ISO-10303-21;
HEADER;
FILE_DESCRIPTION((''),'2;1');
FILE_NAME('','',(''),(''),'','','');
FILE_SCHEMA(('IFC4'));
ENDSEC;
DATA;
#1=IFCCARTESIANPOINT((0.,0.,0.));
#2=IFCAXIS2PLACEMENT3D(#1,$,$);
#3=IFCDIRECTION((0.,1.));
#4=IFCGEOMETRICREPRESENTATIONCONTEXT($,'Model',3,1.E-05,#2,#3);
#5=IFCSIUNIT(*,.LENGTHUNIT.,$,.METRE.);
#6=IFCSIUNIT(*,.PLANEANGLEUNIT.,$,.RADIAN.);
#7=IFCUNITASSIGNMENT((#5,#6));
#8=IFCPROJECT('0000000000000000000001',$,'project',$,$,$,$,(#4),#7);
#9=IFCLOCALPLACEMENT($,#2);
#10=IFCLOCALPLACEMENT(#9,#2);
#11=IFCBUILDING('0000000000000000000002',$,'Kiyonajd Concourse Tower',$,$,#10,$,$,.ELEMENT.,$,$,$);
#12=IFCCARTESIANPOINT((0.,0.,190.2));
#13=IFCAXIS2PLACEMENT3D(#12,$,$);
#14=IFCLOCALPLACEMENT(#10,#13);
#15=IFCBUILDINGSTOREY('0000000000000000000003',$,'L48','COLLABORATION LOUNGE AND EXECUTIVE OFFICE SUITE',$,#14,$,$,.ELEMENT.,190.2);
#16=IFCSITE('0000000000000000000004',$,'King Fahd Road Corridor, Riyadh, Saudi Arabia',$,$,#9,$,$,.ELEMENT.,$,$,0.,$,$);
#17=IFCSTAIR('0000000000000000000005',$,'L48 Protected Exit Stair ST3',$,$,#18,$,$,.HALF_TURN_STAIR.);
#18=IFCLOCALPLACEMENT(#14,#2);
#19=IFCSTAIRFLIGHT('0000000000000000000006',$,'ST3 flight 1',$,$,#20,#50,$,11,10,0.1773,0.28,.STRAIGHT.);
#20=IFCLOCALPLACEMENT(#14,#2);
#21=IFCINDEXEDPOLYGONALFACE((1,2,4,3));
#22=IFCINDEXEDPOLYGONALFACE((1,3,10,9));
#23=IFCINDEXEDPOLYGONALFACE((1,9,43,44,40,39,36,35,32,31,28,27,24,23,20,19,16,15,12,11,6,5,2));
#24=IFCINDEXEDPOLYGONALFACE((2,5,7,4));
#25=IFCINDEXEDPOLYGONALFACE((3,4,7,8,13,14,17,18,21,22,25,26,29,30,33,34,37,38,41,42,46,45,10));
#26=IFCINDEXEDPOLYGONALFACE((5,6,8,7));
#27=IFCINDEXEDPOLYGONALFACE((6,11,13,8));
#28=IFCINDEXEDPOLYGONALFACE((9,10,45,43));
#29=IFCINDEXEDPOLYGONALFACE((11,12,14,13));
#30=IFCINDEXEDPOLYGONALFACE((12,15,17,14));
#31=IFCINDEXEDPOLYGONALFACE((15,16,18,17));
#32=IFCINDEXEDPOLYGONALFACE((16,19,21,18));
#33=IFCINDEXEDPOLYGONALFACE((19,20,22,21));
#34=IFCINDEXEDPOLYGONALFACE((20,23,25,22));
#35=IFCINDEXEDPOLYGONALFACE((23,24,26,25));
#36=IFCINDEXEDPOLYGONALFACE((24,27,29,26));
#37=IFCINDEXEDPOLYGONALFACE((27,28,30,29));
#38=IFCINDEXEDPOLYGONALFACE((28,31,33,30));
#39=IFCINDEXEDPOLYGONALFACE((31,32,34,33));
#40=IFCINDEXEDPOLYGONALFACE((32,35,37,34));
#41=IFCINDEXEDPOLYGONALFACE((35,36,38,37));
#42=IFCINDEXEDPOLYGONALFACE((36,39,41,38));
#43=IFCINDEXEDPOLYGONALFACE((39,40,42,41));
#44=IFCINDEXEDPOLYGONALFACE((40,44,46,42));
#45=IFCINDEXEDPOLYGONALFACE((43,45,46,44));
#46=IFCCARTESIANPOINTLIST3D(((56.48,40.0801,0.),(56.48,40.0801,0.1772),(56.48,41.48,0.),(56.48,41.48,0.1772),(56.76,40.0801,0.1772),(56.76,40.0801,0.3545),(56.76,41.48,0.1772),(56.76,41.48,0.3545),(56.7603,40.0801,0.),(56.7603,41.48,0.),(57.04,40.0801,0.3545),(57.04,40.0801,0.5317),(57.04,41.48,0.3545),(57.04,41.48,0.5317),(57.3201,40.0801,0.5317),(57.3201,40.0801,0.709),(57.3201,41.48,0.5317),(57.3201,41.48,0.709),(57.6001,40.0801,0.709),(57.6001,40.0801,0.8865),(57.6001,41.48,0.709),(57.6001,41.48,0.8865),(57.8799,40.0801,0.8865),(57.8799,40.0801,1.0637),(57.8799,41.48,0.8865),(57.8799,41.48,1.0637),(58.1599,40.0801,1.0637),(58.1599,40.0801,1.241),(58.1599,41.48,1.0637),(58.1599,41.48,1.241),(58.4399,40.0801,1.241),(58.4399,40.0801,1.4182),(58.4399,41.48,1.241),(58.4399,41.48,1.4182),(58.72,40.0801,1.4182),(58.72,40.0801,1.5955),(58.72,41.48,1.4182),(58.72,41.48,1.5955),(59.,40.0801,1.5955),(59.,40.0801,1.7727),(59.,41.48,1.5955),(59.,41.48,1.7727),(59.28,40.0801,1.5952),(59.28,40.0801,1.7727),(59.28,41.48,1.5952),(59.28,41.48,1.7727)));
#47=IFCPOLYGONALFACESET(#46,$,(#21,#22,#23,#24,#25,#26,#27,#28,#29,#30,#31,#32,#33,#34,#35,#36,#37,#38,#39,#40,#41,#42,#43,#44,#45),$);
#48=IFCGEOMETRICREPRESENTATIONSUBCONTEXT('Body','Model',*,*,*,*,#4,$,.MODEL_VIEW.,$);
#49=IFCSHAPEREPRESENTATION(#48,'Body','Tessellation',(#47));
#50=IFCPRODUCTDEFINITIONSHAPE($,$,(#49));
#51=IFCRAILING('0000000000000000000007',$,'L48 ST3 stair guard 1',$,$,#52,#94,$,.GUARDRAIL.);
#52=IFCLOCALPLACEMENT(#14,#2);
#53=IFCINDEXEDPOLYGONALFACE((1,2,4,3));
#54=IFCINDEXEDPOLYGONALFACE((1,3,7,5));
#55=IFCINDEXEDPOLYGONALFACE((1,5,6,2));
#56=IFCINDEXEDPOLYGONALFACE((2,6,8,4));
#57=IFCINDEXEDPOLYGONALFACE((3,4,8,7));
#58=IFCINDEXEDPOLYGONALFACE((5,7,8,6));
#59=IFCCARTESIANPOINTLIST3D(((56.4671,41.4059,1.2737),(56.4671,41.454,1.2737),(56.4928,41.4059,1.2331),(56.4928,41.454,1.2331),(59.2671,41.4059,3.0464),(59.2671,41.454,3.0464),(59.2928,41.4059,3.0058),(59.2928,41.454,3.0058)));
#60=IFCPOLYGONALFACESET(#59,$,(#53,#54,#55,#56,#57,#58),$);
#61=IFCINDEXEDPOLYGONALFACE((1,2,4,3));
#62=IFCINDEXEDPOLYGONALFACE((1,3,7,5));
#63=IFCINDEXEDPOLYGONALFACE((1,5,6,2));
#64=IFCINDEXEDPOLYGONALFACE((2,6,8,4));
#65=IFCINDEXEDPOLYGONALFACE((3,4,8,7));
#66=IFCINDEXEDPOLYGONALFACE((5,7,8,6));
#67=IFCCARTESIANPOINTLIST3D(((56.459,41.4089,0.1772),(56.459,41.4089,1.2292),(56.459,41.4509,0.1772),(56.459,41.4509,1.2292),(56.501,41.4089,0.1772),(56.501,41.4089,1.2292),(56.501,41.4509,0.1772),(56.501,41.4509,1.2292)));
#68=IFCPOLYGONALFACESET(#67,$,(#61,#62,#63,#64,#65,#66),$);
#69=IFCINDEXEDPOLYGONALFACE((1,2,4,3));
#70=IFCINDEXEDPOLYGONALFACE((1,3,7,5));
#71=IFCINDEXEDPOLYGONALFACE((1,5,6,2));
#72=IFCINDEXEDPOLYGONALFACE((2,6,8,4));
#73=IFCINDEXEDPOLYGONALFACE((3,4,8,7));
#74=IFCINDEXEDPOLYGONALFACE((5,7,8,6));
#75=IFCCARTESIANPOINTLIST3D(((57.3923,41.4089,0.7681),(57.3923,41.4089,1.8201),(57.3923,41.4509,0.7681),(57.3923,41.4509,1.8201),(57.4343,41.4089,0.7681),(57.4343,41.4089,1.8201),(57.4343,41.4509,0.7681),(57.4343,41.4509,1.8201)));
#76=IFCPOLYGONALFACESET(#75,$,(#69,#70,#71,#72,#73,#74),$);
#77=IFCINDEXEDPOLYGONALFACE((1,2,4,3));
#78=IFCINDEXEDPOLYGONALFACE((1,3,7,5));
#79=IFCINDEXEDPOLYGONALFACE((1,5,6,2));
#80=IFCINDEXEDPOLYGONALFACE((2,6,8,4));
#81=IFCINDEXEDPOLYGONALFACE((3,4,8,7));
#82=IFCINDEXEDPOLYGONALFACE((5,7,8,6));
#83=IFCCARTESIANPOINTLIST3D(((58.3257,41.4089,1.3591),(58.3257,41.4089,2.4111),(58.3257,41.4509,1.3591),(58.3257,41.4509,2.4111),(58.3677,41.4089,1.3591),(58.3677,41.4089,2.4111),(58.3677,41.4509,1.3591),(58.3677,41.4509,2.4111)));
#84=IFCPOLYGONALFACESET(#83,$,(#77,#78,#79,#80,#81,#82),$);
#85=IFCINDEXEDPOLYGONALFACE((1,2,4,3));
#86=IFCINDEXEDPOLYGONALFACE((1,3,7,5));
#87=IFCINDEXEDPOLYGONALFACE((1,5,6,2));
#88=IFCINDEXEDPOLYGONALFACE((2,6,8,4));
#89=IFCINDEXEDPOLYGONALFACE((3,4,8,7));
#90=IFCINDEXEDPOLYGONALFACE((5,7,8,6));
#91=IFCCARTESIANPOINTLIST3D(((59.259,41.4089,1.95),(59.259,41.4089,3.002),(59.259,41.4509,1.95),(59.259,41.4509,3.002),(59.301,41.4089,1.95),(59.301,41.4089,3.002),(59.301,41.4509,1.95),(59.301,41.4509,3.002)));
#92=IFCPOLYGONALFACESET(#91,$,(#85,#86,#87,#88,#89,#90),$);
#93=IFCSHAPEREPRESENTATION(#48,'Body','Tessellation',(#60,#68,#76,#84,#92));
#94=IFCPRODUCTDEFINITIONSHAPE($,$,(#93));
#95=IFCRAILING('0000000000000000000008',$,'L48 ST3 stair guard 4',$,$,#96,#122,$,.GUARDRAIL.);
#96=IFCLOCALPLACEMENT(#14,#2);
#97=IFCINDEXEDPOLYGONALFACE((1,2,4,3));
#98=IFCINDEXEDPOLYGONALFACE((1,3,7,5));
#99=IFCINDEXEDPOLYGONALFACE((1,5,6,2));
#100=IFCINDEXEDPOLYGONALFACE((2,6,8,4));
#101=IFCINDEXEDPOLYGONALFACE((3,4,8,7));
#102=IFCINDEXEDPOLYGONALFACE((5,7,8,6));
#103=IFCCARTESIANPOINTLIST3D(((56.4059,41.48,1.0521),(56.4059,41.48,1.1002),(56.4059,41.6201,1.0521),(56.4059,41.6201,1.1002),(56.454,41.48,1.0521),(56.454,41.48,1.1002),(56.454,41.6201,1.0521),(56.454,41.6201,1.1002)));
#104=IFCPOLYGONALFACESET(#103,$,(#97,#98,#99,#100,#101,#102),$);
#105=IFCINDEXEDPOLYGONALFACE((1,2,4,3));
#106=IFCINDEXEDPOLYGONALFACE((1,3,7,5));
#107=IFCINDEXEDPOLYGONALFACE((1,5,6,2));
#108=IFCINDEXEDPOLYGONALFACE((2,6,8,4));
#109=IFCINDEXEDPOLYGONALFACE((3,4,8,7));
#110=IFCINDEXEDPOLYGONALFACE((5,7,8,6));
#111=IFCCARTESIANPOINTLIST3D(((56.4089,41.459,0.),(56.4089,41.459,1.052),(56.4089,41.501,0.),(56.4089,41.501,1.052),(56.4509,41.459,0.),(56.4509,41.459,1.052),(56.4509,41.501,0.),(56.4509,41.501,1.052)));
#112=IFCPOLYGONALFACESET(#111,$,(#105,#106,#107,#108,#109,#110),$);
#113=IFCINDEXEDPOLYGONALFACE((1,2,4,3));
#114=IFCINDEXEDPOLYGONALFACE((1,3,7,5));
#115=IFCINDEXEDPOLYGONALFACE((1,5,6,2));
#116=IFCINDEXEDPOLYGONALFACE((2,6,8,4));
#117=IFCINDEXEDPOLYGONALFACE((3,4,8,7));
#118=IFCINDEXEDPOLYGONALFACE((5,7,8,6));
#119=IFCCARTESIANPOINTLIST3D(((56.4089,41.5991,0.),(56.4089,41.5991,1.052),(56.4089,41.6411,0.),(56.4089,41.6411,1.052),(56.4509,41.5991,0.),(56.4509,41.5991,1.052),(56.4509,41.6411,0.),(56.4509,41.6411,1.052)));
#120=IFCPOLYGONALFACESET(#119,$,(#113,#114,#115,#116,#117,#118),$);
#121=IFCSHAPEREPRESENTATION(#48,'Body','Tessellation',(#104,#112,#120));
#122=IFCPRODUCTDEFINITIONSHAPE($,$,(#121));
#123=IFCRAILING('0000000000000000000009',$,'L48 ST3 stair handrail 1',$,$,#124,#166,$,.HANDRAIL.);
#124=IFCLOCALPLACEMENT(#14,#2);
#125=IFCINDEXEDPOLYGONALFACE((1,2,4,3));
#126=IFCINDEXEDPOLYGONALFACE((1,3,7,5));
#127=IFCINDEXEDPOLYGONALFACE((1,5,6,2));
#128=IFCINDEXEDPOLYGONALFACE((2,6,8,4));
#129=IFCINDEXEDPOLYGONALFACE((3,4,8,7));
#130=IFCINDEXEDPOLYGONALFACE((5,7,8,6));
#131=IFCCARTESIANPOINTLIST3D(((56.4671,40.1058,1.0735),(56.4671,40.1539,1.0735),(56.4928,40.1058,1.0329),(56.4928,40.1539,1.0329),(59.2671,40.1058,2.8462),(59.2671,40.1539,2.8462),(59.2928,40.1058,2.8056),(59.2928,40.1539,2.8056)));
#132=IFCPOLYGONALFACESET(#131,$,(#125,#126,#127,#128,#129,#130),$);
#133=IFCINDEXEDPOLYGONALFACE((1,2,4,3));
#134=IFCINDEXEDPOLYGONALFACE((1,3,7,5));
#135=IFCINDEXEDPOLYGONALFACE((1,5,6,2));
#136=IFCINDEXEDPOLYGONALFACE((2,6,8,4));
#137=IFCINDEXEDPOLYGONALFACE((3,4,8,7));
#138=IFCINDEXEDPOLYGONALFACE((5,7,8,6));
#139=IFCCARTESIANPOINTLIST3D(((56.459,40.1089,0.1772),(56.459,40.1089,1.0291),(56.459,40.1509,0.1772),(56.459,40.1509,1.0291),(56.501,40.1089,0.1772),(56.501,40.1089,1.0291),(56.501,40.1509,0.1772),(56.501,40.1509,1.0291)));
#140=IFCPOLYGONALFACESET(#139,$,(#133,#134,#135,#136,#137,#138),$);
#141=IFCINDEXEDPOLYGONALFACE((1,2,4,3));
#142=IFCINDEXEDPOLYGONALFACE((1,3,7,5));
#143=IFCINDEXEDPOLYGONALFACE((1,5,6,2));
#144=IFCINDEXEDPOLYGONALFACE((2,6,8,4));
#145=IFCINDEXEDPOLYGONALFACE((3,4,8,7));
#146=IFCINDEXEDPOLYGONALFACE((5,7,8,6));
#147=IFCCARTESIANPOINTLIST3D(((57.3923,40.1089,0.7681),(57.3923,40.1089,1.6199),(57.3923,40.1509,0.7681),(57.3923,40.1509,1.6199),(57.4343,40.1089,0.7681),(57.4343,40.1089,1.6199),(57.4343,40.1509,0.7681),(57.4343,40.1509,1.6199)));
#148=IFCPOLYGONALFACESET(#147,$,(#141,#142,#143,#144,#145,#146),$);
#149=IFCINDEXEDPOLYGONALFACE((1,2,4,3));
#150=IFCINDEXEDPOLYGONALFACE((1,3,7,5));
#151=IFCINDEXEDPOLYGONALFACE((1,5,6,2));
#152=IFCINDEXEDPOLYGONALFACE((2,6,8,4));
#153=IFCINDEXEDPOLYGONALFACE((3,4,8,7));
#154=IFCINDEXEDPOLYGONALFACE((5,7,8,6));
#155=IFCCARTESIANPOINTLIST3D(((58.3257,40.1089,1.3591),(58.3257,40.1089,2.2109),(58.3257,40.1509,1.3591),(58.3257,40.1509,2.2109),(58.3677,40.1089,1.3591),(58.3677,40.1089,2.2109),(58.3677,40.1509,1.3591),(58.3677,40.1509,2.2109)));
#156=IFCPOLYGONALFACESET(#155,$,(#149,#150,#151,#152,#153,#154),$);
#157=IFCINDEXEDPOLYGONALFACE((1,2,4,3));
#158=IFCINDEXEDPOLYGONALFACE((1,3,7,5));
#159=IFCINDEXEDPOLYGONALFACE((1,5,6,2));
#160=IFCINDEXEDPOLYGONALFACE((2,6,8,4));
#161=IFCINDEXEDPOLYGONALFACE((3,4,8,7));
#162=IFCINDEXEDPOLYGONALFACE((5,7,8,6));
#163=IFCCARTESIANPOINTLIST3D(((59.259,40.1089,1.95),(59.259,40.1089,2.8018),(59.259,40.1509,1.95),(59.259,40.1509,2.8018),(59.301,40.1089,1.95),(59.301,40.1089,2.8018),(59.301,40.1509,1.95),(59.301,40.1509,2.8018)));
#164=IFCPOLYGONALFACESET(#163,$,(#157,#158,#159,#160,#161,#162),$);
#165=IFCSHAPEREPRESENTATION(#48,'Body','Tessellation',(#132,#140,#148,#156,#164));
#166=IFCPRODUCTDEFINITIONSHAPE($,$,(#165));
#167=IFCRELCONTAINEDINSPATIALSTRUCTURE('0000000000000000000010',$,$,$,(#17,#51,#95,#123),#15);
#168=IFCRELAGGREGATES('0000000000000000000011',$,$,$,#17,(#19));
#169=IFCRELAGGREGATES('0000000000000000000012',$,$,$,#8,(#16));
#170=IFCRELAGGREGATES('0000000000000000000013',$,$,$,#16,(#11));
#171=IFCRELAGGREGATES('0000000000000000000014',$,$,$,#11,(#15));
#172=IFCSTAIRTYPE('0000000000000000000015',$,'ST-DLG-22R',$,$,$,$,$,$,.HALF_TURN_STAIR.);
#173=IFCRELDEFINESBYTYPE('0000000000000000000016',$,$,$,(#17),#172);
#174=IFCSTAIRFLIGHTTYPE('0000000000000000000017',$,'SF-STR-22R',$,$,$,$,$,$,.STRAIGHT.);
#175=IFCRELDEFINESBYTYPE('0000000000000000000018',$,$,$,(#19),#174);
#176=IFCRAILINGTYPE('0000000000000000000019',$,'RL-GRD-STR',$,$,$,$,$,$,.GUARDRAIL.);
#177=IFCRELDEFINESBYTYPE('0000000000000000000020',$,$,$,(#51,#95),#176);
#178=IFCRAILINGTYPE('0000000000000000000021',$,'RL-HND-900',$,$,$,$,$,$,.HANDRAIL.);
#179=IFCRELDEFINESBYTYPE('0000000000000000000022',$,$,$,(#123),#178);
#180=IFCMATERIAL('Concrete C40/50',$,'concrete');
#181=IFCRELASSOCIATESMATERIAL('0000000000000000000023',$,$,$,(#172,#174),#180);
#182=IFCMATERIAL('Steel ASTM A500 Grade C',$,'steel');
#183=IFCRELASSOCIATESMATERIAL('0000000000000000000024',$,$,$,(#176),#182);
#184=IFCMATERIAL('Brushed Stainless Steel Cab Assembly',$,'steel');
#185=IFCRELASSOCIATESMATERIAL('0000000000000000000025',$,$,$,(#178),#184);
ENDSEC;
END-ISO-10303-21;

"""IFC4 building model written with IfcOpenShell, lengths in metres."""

from ifc_helpers import new_model, si_unit, direction, frame, origin, origin_2d, place, context, subcontext, project, spatial, polyline, rectangle, outline, extrude, material, type_object, element, aggregate, save


model = new_model("IFC4")

# Units and contexts
model_context = context("Model", 3, precision=1e-05, world=origin(), true_north=direction((0.0, 1.0)))
body_context = subcontext(model_context, "Body", "Model", "MODEL_VIEW")
ifc_project = project(units=[si_unit("LENGTHUNIT", "METRE"), si_unit("PLANEANGLEUNIT", "RADIAN")], contexts=[model_context])

# Site, building, storey
site_placement = place(None, origin())
site = spatial("IfcSite", under=ifc_project, at=site_placement, Name="King Fahd Road Corridor, Riyadh, Saudi Arabia", CompositionType="ELEMENT", RefElevation=0.0)
building_placement = place(site_placement, origin())
building = spatial("IfcBuilding", under=site, at=building_placement, Name="Kiyonajd Concourse Tower", CompositionType="ELEMENT")
storey_placement = place(building_placement, frame((0.0, 0.0, 190.2)))
storey = spatial("IfcBuildingStorey", under=building, at=storey_placement, Name="L48", Description="COLLABORATION LOUNGE AND EXECUTIVE OFFICE SUITE", CompositionType="ELEMENT", Elevation=190.2)

# Shared definitions
ifc_material_1 = material(Name="Brushed Stainless Steel Cab Assembly", Category="steel")

# Stair, stair flight
ifc_material_2 = material(Name="Concrete C40/50", Category="concrete")
stair_type = type_object("IfcStairType", Name="ST-DLG-22R", PredefinedType="HALF_TURN_STAIR", material=ifc_material_2)
stair_placement = place(storey_placement, origin())
stair = element("IfcStair", 1, at=stair_placement, inside=storey, type_object=stair_type, Name="L48 Protected Exit Stair ST3", PredefinedType="HALF_TURN_STAIR")
stair_flight_type = type_object("IfcStairFlightType", Name="SF-STR-22R", PredefinedType="STRAIGHT", material=ifc_material_2)
stair_flight_placement = place(storey_placement, frame((56.48, 40.78, 0.0), z_axis=(0.0, 0.0, 1.0), x_axis=(1.0, 0.0, 0.0)))
stair_flight = element("IfcStairFlight", 2, at=stair_flight_placement, type_object=stair_flight_type, Name="ST3 flight 1", NumberOfRisers=11, NumberOfTreads=10, PredefinedType="STRAIGHT", RiserHeight=0.1773, TreadLength=0.28, context=body_context, shape_type="SweptSolid", body=[
    extrude(outline(polyline([(0.0, 0.0), (0.0, 0.1772), (0.28, 0.1772), (0.28, 0.3545), (0.5601, 0.3545), (0.5601, 0.5317), (0.8401, 0.5317), (0.8401, 0.709), (1.1201, 0.709), (1.1201, 0.8865), (1.3999, 0.8865), (1.3999, 1.0637), (1.6799, 1.0637), (1.6799, 1.241), (1.96, 1.241), (1.96, 1.4182), (2.24, 1.4182), (2.24, 1.5955), (2.52, 1.5955), (2.52, 1.7727), (2.8, 1.7727), (2.8, 1.95), (2.8, 1.5952), (0.2803, 0.0), (0.0, 0.0)])), frame((0.0, 0.7, 0.0), z_axis=(0.0, -1.0, 0.0), x_axis=(1.0, 0.0, 0.0)), (0.0, 0.0, 1.0), 1.3999),
])
aggregate(stair, [stair_flight])

# Railings
ifc_material_3 = material(Name="Steel ASTM A500 Grade C", Category="steel")
railing_type_1 = type_object("IfcRailingType", Name="RL-GRD-STR", PredefinedType="GUARDRAIL", material=ifc_material_3)
railing_1_placement = place(storey_placement, frame((56.48, 41.4299, 0.1772)))
element("IfcRailing", 3, at=railing_1_placement, inside=storey, type_object=railing_type_1, Name="L48 ST3 stair guard 1", PredefinedType="GUARDRAIL", context=body_context, shape_type="SweptSolid", body=[
    extrude(rectangle(XDim=0.0481, YDim=0.0481, at=origin_2d()), frame((0.0, 0.0, 1.0762), z_axis=(0.844909, 0.0, 0.53491), x_axis=(0.0, 1.0, 0.0)), (0.0, 0.0, 1.0), 3.314),
    extrude(rectangle(XDim=0.042, YDim=0.042, at=origin_2d()), origin(), (0.0, 0.0, 1.0), 1.052),
    extrude(rectangle(XDim=0.042, YDim=0.042, at=origin_2d()), frame((0.9333, 0.0, 0.5908)), (0.0, 0.0, 1.0), 1.052),
    extrude(rectangle(XDim=0.042, YDim=0.042, at=origin_2d()), frame((1.8667, 0.0, 1.1819)), (0.0, 0.0, 1.0), 1.052),
    extrude(rectangle(XDim=0.042, YDim=0.042, at=origin_2d()), frame((2.8, 0.0, 1.7727)), (0.0, 0.0, 1.0), 1.052),
])
railing_2_placement = place(storey_placement, frame((56.4299, 41.48, 0.0)))
element("IfcRailing", 4, at=railing_2_placement, inside=storey, type_object=railing_type_1, Name="L48 ST3 stair guard 4", PredefinedType="GUARDRAIL", context=body_context, shape_type="SweptSolid", body=[
    extrude(rectangle(XDim=0.0481, YDim=0.0481, at=origin_2d()), frame((0.0, 0.0, 1.0762), z_axis=(0.0, 1.0, 0.0), x_axis=(-1.0, 0.0, 0.0)), (0.0, 0.0, 1.0), 0.1401),
    extrude(rectangle(XDim=0.042, YDim=0.042, at=origin_2d()), origin(), (0.0, 0.0, 1.0), 1.052),
    extrude(rectangle(XDim=0.042, YDim=0.042, at=origin_2d()), frame((0.0, 0.1401, 0.0)), (0.0, 0.0, 1.0), 1.052),
])
railing_type_2 = type_object("IfcRailingType", Name="RL-HND-900", PredefinedType="HANDRAIL", material=ifc_material_1)
railing_3_placement = place(storey_placement, frame((56.48, 40.1299, 0.1772)))
element("IfcRailing", 5, at=railing_3_placement, inside=storey, type_object=railing_type_2, Name="L48 ST3 stair handrail 1", PredefinedType="HANDRAIL", context=body_context, shape_type="SweptSolid", body=[
    extrude(rectangle(XDim=0.0481, YDim=0.0481, at=origin_2d()), frame((0.0, 0.0, 0.876), z_axis=(0.844909, 0.0, 0.53491), x_axis=(0.0, 1.0, 0.0)), (0.0, 0.0, 1.0), 3.314),
    extrude(rectangle(XDim=0.042, YDim=0.042, at=origin_2d()), origin(), (0.0, 0.0, 1.0), 0.8518),
    extrude(rectangle(XDim=0.042, YDim=0.042, at=origin_2d()), frame((0.9333, 0.0, 0.5908)), (0.0, 0.0, 1.0), 0.8518),
    extrude(rectangle(XDim=0.042, YDim=0.042, at=origin_2d()), frame((1.8667, 0.0, 1.1819)), (0.0, 0.0, 1.0), 0.8518),
    extrude(rectangle(XDim=0.042, YDim=0.042, at=origin_2d()), frame((2.8, 0.0, 1.7727)), (0.0, 0.0, 1.0), 0.8518),
])

save(model, "model.ifc")
